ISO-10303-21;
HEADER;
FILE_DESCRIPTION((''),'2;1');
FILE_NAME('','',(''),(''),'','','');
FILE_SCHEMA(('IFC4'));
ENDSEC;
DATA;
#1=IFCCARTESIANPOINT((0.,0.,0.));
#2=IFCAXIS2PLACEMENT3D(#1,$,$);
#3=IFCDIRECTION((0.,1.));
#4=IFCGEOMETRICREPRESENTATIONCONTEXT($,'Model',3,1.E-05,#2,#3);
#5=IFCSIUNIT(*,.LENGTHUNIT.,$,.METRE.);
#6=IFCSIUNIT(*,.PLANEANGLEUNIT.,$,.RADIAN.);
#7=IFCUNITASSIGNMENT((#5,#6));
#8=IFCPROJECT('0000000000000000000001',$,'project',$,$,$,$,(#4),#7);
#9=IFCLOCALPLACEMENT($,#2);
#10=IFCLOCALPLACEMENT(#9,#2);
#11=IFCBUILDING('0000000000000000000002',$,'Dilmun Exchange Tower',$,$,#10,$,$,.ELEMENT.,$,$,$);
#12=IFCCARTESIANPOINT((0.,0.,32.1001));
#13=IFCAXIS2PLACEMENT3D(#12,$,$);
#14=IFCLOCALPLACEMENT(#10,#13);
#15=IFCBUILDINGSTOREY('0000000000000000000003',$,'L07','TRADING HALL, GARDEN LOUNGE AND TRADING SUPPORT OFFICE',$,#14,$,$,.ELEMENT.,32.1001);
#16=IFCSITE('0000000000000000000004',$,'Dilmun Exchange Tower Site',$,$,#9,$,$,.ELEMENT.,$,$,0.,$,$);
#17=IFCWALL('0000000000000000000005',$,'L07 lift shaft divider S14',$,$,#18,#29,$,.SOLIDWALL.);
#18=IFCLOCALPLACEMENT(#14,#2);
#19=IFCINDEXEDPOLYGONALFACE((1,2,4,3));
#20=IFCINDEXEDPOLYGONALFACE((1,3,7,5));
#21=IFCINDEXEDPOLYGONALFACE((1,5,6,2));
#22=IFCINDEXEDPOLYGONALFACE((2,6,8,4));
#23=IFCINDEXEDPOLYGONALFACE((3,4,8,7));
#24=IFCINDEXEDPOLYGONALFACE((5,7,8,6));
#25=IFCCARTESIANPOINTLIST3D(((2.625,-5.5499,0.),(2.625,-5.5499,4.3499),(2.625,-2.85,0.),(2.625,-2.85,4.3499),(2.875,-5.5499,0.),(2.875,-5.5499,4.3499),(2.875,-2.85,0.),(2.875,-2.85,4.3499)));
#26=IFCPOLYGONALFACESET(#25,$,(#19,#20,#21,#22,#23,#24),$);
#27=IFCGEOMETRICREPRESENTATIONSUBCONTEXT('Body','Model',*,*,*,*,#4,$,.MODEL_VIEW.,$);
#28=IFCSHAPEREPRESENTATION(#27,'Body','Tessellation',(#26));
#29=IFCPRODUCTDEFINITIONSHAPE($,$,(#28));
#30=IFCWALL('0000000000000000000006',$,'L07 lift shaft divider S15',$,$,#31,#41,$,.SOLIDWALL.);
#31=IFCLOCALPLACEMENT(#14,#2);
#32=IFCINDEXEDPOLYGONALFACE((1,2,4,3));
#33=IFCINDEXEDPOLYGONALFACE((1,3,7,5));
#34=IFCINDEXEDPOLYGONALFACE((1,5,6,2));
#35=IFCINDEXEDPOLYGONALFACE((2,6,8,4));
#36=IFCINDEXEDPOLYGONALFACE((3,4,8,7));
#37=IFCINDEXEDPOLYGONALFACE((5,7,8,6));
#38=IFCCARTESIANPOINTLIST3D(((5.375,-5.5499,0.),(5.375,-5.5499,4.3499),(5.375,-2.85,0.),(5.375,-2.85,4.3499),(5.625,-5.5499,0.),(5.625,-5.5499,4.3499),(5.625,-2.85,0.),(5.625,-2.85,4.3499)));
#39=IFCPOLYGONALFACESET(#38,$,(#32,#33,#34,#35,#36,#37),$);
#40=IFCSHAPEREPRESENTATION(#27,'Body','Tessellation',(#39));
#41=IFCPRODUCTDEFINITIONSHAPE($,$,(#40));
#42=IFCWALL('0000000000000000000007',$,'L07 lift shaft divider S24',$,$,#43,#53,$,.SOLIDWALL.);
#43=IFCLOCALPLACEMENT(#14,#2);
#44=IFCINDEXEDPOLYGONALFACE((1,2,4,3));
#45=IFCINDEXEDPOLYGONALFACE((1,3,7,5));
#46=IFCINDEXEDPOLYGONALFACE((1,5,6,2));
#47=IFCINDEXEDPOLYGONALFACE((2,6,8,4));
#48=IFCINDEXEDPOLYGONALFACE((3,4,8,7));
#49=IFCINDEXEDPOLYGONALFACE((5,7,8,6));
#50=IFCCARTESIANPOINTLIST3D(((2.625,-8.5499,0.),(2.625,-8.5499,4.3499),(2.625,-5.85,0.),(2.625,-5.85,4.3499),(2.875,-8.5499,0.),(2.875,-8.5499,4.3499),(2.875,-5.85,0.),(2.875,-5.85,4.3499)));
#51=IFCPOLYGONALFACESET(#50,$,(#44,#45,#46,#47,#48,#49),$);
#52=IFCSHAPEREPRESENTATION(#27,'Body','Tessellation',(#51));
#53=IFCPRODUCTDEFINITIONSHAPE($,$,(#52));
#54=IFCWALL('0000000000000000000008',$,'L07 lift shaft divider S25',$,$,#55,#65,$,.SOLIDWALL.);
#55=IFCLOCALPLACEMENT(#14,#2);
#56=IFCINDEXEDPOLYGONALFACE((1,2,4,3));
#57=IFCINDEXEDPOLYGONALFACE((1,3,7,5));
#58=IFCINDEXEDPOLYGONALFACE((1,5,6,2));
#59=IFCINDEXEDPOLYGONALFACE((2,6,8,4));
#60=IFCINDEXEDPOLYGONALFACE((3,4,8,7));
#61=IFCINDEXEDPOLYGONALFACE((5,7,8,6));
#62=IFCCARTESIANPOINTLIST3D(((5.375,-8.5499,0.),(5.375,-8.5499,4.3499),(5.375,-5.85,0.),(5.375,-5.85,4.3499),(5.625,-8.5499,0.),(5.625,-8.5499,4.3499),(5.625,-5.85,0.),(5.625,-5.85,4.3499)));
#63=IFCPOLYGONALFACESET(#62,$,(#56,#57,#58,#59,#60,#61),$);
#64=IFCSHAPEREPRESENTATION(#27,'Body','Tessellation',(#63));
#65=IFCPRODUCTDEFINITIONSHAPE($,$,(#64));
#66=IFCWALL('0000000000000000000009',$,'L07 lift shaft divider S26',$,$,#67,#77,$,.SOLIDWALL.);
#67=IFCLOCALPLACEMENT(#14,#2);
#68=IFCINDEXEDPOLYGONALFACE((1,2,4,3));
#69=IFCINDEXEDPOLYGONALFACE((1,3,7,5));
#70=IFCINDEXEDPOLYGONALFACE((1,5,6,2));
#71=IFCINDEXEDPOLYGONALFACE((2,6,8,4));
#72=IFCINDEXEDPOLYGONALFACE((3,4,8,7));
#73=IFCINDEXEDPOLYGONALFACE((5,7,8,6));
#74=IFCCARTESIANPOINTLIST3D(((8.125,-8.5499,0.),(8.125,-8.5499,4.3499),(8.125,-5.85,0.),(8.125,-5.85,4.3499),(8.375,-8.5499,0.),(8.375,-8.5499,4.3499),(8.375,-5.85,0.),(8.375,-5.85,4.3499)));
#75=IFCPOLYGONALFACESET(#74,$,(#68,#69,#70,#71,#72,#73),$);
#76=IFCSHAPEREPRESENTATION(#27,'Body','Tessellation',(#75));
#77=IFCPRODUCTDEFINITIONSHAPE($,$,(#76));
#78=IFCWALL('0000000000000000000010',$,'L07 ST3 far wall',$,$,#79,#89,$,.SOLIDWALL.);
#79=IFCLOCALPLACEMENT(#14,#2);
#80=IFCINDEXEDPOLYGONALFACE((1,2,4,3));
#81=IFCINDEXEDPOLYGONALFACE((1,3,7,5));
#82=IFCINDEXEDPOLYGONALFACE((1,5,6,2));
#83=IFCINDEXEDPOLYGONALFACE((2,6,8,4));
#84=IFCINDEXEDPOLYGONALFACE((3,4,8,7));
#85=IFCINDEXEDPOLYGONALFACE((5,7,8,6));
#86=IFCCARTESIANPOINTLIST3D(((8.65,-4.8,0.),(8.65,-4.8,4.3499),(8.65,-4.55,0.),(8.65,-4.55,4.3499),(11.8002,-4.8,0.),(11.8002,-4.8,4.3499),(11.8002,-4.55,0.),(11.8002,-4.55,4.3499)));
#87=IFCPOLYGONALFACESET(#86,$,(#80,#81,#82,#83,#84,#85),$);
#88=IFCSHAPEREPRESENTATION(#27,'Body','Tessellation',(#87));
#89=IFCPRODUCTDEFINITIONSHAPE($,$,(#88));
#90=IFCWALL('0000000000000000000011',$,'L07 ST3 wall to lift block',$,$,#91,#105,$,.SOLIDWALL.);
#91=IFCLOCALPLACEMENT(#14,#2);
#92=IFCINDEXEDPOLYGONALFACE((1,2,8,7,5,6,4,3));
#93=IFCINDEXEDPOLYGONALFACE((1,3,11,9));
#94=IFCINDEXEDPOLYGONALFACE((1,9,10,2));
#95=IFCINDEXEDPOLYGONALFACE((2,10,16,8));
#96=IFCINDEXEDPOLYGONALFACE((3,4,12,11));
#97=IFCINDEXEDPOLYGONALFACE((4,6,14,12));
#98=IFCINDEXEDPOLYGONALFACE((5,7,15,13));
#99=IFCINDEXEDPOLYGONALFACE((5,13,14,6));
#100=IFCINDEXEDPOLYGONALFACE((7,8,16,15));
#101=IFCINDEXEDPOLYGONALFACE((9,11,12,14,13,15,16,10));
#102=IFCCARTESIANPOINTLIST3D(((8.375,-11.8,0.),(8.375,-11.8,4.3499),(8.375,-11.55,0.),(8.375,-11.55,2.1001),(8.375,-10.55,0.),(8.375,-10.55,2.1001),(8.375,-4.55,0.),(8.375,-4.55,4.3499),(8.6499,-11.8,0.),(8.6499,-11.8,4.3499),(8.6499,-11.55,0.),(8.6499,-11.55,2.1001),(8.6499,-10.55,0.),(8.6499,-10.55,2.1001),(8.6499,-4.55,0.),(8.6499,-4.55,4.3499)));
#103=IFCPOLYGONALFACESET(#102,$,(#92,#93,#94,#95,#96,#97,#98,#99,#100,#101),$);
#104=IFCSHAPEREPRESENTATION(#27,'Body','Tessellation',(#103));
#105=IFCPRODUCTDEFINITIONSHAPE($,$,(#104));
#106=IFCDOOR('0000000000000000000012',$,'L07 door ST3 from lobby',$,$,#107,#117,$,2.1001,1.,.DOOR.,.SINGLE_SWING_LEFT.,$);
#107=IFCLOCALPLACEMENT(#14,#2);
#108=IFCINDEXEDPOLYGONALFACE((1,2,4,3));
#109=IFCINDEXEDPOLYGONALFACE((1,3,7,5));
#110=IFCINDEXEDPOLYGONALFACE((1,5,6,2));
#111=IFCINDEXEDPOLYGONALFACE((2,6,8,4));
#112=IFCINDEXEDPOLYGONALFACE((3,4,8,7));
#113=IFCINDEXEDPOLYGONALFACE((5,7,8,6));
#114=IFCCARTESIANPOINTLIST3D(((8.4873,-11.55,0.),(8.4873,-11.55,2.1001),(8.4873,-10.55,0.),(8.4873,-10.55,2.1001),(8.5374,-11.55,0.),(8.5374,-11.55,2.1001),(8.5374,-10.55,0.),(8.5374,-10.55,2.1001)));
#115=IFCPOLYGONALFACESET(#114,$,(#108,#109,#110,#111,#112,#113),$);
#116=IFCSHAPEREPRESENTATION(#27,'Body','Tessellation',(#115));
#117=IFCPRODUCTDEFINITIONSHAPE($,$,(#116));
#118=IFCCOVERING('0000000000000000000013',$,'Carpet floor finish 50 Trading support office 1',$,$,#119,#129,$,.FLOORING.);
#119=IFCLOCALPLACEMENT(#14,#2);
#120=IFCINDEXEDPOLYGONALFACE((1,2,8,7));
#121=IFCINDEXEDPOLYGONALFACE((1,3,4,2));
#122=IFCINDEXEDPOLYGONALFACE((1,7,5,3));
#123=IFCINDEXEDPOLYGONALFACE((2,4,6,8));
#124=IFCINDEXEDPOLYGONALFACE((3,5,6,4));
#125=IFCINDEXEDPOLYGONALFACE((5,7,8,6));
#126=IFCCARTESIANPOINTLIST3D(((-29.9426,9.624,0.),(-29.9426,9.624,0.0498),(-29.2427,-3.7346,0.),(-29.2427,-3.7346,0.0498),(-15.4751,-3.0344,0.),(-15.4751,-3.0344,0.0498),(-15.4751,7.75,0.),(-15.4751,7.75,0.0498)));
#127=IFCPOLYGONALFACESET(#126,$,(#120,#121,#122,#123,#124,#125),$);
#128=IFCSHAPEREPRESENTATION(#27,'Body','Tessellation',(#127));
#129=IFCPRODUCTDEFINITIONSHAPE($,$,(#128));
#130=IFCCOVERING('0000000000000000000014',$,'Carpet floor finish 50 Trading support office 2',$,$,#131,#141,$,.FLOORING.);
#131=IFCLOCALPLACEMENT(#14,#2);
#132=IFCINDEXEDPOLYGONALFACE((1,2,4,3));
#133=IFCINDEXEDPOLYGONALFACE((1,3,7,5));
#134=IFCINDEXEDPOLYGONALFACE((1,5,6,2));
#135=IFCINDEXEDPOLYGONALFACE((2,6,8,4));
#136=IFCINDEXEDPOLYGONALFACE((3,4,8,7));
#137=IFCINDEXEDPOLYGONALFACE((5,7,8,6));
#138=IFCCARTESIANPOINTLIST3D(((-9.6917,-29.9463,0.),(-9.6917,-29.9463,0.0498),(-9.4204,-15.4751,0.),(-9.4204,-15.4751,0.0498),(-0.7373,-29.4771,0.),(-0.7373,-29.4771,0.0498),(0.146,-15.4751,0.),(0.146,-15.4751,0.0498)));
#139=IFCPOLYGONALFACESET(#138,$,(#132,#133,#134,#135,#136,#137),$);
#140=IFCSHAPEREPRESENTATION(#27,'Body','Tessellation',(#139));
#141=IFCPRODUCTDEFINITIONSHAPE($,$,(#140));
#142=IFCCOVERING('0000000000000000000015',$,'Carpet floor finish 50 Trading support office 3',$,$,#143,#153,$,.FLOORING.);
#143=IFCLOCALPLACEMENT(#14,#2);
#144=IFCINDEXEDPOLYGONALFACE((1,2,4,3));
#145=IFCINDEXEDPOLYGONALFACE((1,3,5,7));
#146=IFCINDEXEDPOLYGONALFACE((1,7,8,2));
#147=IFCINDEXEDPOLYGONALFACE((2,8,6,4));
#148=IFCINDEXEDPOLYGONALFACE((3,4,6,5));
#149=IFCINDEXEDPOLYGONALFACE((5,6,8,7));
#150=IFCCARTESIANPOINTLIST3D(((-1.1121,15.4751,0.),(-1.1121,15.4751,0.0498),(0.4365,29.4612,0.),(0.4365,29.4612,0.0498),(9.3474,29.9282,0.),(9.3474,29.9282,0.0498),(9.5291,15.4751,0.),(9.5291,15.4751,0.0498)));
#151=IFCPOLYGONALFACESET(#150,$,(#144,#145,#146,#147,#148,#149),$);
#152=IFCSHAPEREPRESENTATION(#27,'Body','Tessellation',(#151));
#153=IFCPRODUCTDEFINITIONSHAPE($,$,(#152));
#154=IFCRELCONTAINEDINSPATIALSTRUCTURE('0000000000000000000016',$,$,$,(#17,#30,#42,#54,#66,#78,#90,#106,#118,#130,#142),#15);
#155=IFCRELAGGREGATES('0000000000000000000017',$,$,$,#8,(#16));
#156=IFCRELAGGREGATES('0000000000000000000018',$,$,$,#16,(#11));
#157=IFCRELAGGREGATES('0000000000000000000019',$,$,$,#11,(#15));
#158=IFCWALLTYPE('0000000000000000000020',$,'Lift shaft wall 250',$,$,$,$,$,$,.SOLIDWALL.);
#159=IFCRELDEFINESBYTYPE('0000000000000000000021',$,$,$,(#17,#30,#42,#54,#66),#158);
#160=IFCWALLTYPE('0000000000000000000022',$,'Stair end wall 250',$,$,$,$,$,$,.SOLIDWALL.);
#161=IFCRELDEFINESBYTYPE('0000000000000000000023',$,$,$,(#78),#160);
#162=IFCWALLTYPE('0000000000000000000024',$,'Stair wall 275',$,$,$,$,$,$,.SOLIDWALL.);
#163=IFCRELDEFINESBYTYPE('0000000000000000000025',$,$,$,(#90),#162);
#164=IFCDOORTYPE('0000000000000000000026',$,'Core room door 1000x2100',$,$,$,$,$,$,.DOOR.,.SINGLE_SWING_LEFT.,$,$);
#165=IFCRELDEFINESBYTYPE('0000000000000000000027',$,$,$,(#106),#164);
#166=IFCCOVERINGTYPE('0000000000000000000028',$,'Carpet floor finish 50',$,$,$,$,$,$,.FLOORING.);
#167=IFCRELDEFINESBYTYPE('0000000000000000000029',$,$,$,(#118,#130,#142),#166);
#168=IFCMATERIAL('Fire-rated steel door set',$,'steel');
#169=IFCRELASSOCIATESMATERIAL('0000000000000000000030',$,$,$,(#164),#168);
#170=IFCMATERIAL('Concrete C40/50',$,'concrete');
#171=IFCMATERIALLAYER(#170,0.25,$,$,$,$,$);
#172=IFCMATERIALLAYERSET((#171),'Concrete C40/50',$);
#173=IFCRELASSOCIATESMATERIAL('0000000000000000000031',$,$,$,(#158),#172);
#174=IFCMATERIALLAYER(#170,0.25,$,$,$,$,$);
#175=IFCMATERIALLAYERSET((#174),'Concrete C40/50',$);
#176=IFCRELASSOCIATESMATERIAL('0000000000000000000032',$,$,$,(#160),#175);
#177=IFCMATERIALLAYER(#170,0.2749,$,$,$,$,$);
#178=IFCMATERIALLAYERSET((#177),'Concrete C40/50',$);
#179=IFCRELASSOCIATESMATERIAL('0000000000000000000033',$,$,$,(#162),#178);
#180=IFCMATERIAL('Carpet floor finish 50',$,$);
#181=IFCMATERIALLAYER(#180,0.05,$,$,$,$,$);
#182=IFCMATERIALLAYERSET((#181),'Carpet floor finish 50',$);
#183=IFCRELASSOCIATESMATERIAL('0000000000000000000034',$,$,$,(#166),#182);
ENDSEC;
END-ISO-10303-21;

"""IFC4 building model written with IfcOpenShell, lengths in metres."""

from ifc_helpers import new_model, si_unit, direction, frame, frame_2d, origin, place, context, subcontext, project, spatial, polyline, rectangle, outline, extrude, material, layer, layer_set, type_object, element, fill, save


model = new_model("IFC4")

# Units and contexts
model_context = context("Model", 3, precision=1e-05, world=origin(), true_north=direction((0.0, 1.0)))
body_context = subcontext(model_context, "Body", "Model", "MODEL_VIEW")
ifc_project = project(units=[si_unit("LENGTHUNIT", "METRE"), si_unit("PLANEANGLEUNIT", "RADIAN")], contexts=[model_context])

# Site, building, storey
site_placement = place(None, origin())
site = spatial("IfcSite", under=ifc_project, at=site_placement, Name="Dilmun Exchange Tower Site", CompositionType="ELEMENT", RefElevation=0.0)
building_placement = place(site_placement, origin())
building = spatial("IfcBuilding", under=site, at=building_placement, Name="Dilmun Exchange Tower", CompositionType="ELEMENT")
storey_placement = place(building_placement, frame((0.0, 0.0, 32.1001)))
storey = spatial("IfcBuildingStorey", under=building, at=storey_placement, Name="L07", Description="TRADING HALL, GARDEN LOUNGE AND TRADING SUPPORT OFFICE", CompositionType="ELEMENT", Elevation=32.1001)

# Shared definitions
ifc_material_1 = material(Name="Concrete C40/50", Category="concrete")

# Shared definitions
ifc_material_2 = material(Name="Fire-rated steel door set", Category="steel")

# Shared definitions
door_type_1 = type_object("IfcDoorType", Name="Core room door 1000x2100", OperationType="SINGLE_SWING_LEFT", PredefinedType="DOOR", material=ifc_material_2)

# Walls
ifc_layer_1 = layer(ifc_material_1, 0.25)
ifc_layer_set_1 = layer_set([ifc_layer_1], Name="Concrete C40/50")
wall_type_1 = type_object("IfcWallType", Name="Lift shaft wall 250", PredefinedType="SOLIDWALL", material=ifc_layer_set_1)
for number, where, z_axis, x_axis, name in (
    (1, (2.75, -5.55, 0.0), (0.0, 0.0, 1.0), (0.0, 1.0, 0.0), "L07 lift shaft divider S14"),
    (2, (5.5, -5.55, 0.0), (0.0, 0.0, 1.0), (0.0, 1.0, 0.0), "L07 lift shaft divider S15"),
    (3, (2.75, -8.55, 0.0), (0.0, 0.0, 1.0), (0.0, 1.0, 0.0), "L07 lift shaft divider S24"),
    (4, (5.5, -8.55, 0.0), (0.0, 0.0, 1.0), (0.0, 1.0, 0.0), "L07 lift shaft divider S25"),
    (5, (8.25, -8.55, 0.0), (0.0, 0.0, 1.0), (0.0, 1.0, 0.0), "L07 lift shaft divider S26"),
):
    element("IfcWall", number, at=place(storey_placement, frame(where, z_axis=z_axis, x_axis=x_axis)), inside=storey, type_object=wall_type_1, Name=name, PredefinedType="SOLIDWALL", context=body_context, shape_type="SweptSolid", body=[
        extrude(rectangle(XDim=2.7, YDim=0.25, at=frame_2d((1.3501, 0.0))), origin(), (0.0, 0.0, 1.0), 4.3499),
    ])
ifc_layer_2 = layer(ifc_material_1, 0.25)
ifc_layer_set_2 = layer_set([ifc_layer_2], Name="Concrete C40/50")
wall_type_2 = type_object("IfcWallType", Name="Stair end wall 250", PredefinedType="SOLIDWALL", material=ifc_layer_set_2)
wall_1_placement = place(storey_placement, frame((8.6499, -4.675, 0.0), z_axis=(0.0, 0.0, 1.0), x_axis=(1.0, 0.0, 0.0)))
element("IfcWall", 6, at=wall_1_placement, inside=storey, type_object=wall_type_2, Name="L07 ST3 far wall", PredefinedType="SOLIDWALL", context=body_context, shape_type="SweptSolid", body=[
    extrude(rectangle(XDim=3.1501, YDim=0.25, at=frame_2d((1.5752, 0.0))), origin(), (0.0, 0.0, 1.0), 4.3499),
])

# Wall, opening, door
ifc_layer_3 = layer(ifc_material_1, 0.2749)
ifc_layer_set_3 = layer_set([ifc_layer_3], Name="Concrete C40/50")
wall_type_3 = type_object("IfcWallType", Name="Stair wall 275", PredefinedType="SOLIDWALL", material=ifc_layer_set_3)
wall_2_placement = place(storey_placement, frame((8.5125, -4.55, 0.0), z_axis=(0.0, 0.0, 1.0), x_axis=(0.0, -1.0, 0.0)))
wall_2 = element("IfcWall", 7, at=wall_2_placement, inside=storey, type_object=wall_type_3, Name="L07 ST3 wall to lift block", PredefinedType="SOLIDWALL", context=body_context, shape_type="SweptSolid", body=[
    extrude(rectangle(XDim=7.25, YDim=0.2749, at=frame_2d((3.625, 0.0))), origin(), (0.0, 0.0, 1.0), 4.3499),
])
opening_1_placement = place(wall_2_placement, frame((6.0, 0.0, 0.0)))
opening_1 = element("IfcOpeningElement", 8, at=opening_1_placement, cuts=wall_2, PredefinedType="OPENING", context=body_context, shape_type="SweptSolid", body=[
    extrude(rectangle(XDim=1.0, YDim=2.1001, at=frame_2d((0.5, 1.05))), frame((0.0, 0.1475, 0.0), z_axis=(0.0, -1.0, 0.0), x_axis=(1.0, 0.0, 0.0)), (0.0, 0.0, 1.0), 0.2949),
])
door_1_placement = place(opening_1_placement, origin())
door_1 = element("IfcDoor", 9, at=door_1_placement, inside=storey, type_object=door_type_1, Name="L07 door ST3 from lobby", OperationType="SINGLE_SWING_LEFT", OverallHeight=2.1001, OverallWidth=1.0, PredefinedType="DOOR", context=body_context, shape_type="SweptSolid", body=[
    extrude(rectangle(XDim=1.0, YDim=2.1001, at=frame_2d((0.5, 1.05))), frame((0.0, 0.0249, 0.0), z_axis=(0.0, -1.0, 0.0), x_axis=(1.0, 0.0, 0.0)), (0.0, 0.0, 1.0), 0.05),
])
fill(opening_1, door_1)

# Coverings
ifc_material_3 = material(Name="Carpet floor finish 50")
ifc_layer_4 = layer(ifc_material_3, 0.05)
ifc_layer_set_4 = layer_set([ifc_layer_4], Name="Carpet floor finish 50")
covering_type_1 = type_object("IfcCoveringType", Name="Carpet floor finish 50", PredefinedType="FLOORING", material=ifc_layer_set_4)
covering_1_placement = place(storey_placement, origin())
element("IfcCovering", 10, at=covering_1_placement, inside=storey, type_object=covering_type_1, Name="Carpet floor finish 50 Trading support office 1", PredefinedType="FLOORING", context=body_context, shape_type="SweptSolid", body=[
    extrude(outline(polyline([(-15.4751, 7.75), (-15.4751, -3.0344), (-29.2427, -3.7346), (-29.9426, 9.624), (-15.4751, 7.75)])), origin(), (0.0, 0.0, 1.0), 0.0498),
])
covering_2_placement = place(storey_placement, origin())
element("IfcCovering", 11, at=covering_2_placement, inside=storey, type_object=covering_type_1, Name="Carpet floor finish 50 Trading support office 2", PredefinedType="FLOORING", context=body_context, shape_type="SweptSolid", body=[
    extrude(outline(polyline([(0.146, -15.4751), (-0.7373, -29.4771), (-9.6917, -29.9463), (-9.4204, -15.4751), (0.146, -15.4751)])), origin(), (0.0, 0.0, 1.0), 0.0498),
])
covering_3_placement = place(storey_placement, origin())
element("IfcCovering", 12, at=covering_3_placement, inside=storey, type_object=covering_type_1, Name="Carpet floor finish 50 Trading support office 3", PredefinedType="FLOORING", context=body_context, shape_type="SweptSolid", body=[
    extrude(outline(polyline([(-1.1121, 15.4751), (0.4365, 29.4612), (9.3474, 29.9282), (9.5291, 15.4751), (-1.1121, 15.4751)])), origin(), (0.0, 0.0, 1.0), 0.0498),
])

save(model, "model.ifc")
